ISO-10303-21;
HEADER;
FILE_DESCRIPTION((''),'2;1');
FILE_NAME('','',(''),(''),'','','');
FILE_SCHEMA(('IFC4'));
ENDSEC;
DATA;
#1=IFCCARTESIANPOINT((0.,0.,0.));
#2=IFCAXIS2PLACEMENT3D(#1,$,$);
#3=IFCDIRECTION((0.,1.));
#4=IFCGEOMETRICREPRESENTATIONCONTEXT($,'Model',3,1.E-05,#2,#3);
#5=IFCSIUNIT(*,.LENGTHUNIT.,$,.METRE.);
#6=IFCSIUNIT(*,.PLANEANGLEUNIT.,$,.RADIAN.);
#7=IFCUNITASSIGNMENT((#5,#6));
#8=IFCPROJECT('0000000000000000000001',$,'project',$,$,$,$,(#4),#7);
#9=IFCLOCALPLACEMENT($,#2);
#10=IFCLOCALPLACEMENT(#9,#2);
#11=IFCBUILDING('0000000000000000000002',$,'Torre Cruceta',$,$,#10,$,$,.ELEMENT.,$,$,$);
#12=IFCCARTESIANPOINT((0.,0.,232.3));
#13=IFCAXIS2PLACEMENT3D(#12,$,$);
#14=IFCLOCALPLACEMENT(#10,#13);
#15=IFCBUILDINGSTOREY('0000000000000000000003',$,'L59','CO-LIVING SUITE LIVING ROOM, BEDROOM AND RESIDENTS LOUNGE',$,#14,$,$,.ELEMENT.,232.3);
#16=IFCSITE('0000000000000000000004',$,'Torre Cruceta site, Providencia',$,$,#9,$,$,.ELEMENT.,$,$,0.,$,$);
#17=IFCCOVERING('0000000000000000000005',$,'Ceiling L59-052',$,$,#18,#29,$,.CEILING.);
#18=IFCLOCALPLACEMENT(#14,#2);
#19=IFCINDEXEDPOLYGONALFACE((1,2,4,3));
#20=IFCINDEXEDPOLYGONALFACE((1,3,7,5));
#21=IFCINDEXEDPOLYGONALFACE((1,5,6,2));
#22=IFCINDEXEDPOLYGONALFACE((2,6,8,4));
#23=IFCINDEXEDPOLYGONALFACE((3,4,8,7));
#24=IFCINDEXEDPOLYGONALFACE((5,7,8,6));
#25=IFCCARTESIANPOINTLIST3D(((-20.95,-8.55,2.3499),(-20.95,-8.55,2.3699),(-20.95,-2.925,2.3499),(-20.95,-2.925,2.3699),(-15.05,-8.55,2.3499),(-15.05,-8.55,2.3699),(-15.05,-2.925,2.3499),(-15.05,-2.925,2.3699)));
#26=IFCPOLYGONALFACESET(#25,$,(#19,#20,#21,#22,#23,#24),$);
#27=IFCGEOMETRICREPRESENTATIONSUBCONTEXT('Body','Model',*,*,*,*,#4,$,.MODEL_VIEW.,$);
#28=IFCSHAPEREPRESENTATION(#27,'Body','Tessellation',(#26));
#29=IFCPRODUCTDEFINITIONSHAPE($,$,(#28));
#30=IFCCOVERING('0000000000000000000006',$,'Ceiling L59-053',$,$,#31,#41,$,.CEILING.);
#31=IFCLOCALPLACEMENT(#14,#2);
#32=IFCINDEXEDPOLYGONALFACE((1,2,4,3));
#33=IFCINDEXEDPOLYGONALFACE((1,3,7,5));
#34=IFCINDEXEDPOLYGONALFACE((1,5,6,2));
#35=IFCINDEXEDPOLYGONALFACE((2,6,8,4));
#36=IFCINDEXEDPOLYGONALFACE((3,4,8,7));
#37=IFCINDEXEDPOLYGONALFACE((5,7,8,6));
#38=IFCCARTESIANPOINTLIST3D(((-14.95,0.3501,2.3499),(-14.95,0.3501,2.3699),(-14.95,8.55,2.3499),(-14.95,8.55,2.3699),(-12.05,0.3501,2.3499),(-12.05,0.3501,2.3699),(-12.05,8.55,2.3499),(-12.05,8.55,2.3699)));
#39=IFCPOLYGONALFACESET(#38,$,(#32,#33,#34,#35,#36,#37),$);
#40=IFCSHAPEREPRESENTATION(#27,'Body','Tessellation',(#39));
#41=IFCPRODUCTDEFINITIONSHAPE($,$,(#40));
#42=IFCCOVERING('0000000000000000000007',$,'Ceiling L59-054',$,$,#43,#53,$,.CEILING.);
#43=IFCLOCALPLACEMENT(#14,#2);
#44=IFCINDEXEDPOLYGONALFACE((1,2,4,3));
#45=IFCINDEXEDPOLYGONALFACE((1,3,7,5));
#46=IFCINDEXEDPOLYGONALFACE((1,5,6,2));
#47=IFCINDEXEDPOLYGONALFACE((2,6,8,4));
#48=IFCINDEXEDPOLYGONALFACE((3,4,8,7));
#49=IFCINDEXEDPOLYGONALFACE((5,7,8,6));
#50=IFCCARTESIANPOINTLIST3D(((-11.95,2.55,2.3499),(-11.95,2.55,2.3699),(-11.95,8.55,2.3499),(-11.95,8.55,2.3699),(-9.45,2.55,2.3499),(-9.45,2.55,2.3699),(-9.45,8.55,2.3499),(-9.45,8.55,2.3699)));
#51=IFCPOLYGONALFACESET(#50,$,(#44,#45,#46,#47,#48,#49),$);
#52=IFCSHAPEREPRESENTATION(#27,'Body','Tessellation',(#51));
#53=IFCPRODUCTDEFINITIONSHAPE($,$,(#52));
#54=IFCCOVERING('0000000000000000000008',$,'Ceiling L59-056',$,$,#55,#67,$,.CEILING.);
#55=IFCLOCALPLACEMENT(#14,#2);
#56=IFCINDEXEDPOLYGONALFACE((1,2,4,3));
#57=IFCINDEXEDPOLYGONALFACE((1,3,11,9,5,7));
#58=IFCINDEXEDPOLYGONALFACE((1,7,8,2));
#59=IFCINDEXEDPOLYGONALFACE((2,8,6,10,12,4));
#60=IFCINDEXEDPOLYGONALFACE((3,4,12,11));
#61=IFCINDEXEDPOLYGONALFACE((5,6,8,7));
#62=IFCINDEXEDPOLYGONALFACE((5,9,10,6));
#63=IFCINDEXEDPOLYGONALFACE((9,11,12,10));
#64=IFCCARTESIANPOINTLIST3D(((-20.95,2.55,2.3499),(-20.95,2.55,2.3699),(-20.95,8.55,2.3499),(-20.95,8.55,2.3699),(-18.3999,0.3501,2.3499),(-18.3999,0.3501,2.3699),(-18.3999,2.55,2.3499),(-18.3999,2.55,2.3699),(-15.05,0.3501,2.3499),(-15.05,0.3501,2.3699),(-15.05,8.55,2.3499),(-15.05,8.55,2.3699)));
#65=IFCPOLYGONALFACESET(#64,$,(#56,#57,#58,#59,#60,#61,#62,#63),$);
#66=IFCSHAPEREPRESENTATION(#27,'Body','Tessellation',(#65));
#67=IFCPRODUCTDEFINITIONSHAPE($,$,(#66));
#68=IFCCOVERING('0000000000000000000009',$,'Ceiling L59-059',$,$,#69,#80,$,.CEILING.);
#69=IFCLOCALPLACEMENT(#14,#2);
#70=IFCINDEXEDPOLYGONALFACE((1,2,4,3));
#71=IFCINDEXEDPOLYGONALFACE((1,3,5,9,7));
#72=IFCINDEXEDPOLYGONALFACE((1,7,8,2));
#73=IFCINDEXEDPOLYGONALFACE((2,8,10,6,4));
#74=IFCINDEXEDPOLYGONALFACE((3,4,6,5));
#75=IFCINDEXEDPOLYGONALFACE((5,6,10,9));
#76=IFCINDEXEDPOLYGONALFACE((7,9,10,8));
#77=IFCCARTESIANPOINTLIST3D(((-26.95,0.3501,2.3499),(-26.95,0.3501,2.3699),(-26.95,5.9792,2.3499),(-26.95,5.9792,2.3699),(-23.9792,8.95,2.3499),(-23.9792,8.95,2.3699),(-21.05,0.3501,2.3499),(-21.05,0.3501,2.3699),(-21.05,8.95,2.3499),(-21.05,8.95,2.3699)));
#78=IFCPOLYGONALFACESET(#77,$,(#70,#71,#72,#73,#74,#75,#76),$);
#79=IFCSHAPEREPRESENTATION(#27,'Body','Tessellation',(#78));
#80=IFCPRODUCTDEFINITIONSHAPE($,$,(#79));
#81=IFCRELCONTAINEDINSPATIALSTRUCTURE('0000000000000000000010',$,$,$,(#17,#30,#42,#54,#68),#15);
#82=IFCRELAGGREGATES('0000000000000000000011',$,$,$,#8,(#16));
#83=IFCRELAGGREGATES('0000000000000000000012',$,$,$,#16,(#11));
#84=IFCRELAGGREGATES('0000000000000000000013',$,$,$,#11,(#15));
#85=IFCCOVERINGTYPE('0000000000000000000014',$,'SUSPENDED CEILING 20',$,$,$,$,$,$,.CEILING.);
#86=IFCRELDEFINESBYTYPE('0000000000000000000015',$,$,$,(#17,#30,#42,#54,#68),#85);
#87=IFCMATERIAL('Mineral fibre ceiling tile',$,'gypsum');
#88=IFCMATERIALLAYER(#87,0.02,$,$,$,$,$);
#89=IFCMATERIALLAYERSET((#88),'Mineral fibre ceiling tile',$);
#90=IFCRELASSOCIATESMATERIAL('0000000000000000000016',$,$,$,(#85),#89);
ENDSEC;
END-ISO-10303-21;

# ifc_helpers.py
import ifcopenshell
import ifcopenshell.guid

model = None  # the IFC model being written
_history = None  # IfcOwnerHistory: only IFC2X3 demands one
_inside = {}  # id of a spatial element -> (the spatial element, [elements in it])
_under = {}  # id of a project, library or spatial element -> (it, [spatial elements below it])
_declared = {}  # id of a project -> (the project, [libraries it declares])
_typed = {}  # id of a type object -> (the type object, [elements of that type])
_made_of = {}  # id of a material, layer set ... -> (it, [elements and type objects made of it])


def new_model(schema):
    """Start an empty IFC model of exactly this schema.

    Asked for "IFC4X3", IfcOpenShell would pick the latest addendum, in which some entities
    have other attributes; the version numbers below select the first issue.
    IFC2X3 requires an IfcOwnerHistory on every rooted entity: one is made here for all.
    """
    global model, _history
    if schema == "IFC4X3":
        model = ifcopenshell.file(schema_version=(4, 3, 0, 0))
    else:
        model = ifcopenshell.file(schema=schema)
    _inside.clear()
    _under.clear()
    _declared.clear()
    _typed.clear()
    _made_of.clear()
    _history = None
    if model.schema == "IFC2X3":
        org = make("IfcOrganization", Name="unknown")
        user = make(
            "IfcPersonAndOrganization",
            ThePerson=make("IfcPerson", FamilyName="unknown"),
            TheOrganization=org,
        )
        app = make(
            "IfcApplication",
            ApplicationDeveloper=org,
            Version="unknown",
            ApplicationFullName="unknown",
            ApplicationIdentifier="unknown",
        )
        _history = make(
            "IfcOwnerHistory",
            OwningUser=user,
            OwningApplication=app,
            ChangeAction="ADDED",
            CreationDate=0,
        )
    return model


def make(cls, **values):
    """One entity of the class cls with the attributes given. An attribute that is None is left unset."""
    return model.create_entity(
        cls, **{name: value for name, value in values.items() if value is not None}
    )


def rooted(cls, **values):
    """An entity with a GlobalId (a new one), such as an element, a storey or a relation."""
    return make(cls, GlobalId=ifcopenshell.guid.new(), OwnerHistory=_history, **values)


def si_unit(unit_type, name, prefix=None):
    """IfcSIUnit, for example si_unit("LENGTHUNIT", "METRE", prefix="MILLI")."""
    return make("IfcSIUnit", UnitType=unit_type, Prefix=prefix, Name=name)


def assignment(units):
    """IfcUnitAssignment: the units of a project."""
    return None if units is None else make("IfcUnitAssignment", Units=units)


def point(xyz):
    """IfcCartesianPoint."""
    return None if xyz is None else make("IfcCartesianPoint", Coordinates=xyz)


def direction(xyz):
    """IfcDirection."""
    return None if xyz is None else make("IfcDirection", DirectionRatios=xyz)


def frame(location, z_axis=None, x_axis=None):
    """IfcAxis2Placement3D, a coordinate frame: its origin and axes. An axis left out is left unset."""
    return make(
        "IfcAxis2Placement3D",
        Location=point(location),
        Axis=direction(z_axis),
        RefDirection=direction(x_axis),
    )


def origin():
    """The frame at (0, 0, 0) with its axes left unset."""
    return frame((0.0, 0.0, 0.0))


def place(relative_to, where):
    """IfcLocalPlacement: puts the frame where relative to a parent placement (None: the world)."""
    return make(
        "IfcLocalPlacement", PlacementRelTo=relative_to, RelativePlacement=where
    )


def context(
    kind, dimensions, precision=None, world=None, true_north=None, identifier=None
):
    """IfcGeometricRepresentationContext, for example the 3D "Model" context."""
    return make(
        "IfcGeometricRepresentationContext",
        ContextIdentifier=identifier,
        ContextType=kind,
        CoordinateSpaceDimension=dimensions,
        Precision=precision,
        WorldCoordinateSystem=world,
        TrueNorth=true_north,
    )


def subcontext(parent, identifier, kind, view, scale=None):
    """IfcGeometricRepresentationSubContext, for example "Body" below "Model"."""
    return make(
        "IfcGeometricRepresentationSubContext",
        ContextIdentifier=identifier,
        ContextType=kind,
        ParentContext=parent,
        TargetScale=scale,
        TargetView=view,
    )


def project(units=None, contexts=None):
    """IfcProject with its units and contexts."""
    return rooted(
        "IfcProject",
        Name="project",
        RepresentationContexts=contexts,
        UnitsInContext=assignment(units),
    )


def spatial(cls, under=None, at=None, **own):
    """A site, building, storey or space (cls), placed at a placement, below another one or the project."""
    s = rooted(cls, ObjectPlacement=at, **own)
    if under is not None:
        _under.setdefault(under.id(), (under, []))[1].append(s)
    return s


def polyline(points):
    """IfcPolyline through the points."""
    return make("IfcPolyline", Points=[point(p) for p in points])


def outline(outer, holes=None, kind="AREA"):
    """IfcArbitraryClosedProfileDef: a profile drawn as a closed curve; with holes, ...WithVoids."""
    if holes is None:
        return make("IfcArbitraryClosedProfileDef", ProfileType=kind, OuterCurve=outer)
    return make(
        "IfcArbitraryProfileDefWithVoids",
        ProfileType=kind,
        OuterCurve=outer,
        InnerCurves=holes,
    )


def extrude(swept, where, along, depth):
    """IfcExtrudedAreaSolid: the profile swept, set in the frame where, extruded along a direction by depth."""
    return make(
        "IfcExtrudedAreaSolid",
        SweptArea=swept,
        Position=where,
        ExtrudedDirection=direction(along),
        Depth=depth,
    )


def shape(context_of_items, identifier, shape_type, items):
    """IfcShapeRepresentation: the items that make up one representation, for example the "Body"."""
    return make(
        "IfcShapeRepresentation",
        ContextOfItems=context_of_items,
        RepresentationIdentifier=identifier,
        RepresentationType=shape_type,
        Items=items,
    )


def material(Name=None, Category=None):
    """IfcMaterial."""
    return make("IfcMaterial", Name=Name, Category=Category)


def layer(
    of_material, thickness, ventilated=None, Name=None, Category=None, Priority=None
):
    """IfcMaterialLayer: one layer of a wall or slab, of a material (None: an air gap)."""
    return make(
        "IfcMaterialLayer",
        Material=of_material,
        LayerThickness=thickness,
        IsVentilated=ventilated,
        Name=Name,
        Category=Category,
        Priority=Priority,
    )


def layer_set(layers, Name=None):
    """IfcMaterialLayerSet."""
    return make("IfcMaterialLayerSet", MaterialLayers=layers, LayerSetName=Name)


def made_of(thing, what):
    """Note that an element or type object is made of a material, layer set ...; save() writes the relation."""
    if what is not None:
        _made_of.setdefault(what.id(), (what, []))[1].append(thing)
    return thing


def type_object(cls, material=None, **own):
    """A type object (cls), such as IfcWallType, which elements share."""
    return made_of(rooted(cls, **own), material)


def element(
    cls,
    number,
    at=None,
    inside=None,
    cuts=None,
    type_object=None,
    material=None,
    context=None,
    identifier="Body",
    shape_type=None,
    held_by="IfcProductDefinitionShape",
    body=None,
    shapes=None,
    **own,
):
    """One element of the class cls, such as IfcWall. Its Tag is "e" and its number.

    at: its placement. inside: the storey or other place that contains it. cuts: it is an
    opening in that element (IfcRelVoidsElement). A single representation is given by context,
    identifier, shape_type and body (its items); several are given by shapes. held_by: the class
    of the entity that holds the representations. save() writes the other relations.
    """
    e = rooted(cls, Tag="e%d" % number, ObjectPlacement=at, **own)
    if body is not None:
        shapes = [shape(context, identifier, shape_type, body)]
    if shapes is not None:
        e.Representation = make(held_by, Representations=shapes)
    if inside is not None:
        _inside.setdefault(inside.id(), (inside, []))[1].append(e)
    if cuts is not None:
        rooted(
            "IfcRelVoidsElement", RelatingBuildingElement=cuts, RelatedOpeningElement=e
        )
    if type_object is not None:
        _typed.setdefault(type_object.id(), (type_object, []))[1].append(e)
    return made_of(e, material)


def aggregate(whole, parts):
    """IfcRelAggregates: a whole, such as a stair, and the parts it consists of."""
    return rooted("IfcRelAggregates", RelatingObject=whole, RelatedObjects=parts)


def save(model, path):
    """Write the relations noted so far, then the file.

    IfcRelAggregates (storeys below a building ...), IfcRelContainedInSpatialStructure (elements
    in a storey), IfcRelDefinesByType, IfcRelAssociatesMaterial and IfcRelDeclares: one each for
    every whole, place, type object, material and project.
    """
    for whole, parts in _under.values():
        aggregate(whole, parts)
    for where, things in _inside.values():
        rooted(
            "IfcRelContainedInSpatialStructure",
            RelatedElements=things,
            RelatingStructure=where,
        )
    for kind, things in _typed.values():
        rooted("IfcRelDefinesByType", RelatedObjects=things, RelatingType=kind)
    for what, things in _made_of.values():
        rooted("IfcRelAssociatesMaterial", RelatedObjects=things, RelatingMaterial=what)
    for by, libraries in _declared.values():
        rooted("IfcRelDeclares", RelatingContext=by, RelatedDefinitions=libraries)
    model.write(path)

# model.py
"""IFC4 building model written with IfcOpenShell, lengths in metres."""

from ifc_helpers import new_model, si_unit, direction, frame, origin, place, context, subcontext, project, spatial, polyline, outline, extrude, material, layer, layer_set, type_object, element, save


model = new_model("IFC4")

# Units and contexts
model_context = context("Model", 3, precision=1e-05, world=origin(), true_north=direction((0.0, 1.0)))
body_context = subcontext(model_context, "Body", "Model", "MODEL_VIEW")
ifc_project = project(units=[si_unit("LENGTHUNIT", "METRE"), si_unit("PLANEANGLEUNIT", "RADIAN")], contexts=[model_context])

# Site, building, storey
site_placement = place(None, origin())
site = spatial("IfcSite", under=ifc_project, at=site_placement, Name="Torre Cruceta site, Providencia", CompositionType="ELEMENT", RefElevation=0.0)
building_placement = place(site_placement, origin())
building = spatial("IfcBuilding", under=site, at=building_placement, Name="Torre Cruceta", CompositionType="ELEMENT")
storey_placement = place(building_placement, frame((0.0, 0.0, 232.3)))
storey = spatial("IfcBuildingStorey", under=building, at=storey_placement, Name="L59", Description="CO-LIVING SUITE LIVING ROOM, BEDROOM AND RESIDENTS LOUNGE", CompositionType="ELEMENT", Elevation=232.3)

# Coverings
ifc_material_1 = material(Name="Mineral fibre ceiling tile", Category="gypsum")
ifc_layer_1 = layer(ifc_material_1, 0.02)
ifc_layer_set_1 = layer_set([ifc_layer_1], Name="Mineral fibre ceiling tile")
covering_type_1 = type_object("IfcCoveringType", Name="SUSPENDED CEILING 20", PredefinedType="CEILING", material=ifc_layer_set_1)
covering_1_placement = place(storey_placement, frame((0.0, 0.0, 2.3499)))
element("IfcCovering", 1, at=covering_1_placement, inside=storey, type_object=covering_type_1, Name="Ceiling L59-052", PredefinedType="CEILING", context=body_context, shape_type="SweptSolid", body=[
    extrude(outline(polyline([(-15.05, -2.925), (-15.05, -8.55), (-20.95, -8.55), (-20.95, -2.925), (-15.05, -2.925)])), origin(), (0.0, 0.0, 1.0), 0.02),
])
covering_2_placement = place(storey_placement, frame((0.0, 0.0, 2.3499)))
element("IfcCovering", 2, at=covering_2_placement, inside=storey, type_object=covering_type_1, Name="Ceiling L59-053", PredefinedType="CEILING", context=body_context, shape_type="SweptSolid", body=[
    extrude(outline(polyline([(-14.95, 8.55), (-12.05, 8.55), (-12.05, 0.3501), (-14.95, 0.3501), (-14.95, 8.55)])), origin(), (0.0, 0.0, 1.0), 0.02),
])
covering_3_placement = place(storey_placement, frame((0.0, 0.0, 2.3499)))
element("IfcCovering", 3, at=covering_3_placement, inside=storey, type_object=covering_type_1, Name="Ceiling L59-054", PredefinedType="CEILING", context=body_context, shape_type="SweptSolid", body=[
    extrude(outline(polyline([(-9.45, 8.55), (-9.45, 2.55), (-11.95, 2.55), (-11.95, 8.55), (-9.45, 8.55)])), origin(), (0.0, 0.0, 1.0), 0.02),
])
covering_4_placement = place(storey_placement, frame((0.0, 0.0, 2.3499)))
element("IfcCovering", 4, at=covering_4_placement, inside=storey, type_object=covering_type_1, Name="Ceiling L59-056", PredefinedType="CEILING", context=body_context, shape_type="SweptSolid", body=[
    extrude(outline(polyline([(-20.95, 8.55), (-15.05, 8.55), (-15.05, 0.3501), (-18.3999, 0.3501), (-18.3999, 2.55), (-20.95, 2.55), (-20.95, 8.55)])), origin(), (0.0, 0.0, 1.0), 0.02),
])
covering_5_placement = place(storey_placement, frame((0.0, 0.0, 2.3499)))
element("IfcCovering", 5, at=covering_5_placement, inside=storey, type_object=covering_type_1, Name="Ceiling L59-059", PredefinedType="CEILING", context=body_context, shape_type="SweptSolid", body=[
    extrude(outline(polyline([(-23.9792, 8.95), (-21.05, 8.95), (-21.05, 0.3501), (-26.95, 0.3501), (-26.95, 5.9792), (-23.9792, 8.95)])), origin(), (0.0, 0.0, 1.0), 0.02),
])

save(model, "model.ifc")
